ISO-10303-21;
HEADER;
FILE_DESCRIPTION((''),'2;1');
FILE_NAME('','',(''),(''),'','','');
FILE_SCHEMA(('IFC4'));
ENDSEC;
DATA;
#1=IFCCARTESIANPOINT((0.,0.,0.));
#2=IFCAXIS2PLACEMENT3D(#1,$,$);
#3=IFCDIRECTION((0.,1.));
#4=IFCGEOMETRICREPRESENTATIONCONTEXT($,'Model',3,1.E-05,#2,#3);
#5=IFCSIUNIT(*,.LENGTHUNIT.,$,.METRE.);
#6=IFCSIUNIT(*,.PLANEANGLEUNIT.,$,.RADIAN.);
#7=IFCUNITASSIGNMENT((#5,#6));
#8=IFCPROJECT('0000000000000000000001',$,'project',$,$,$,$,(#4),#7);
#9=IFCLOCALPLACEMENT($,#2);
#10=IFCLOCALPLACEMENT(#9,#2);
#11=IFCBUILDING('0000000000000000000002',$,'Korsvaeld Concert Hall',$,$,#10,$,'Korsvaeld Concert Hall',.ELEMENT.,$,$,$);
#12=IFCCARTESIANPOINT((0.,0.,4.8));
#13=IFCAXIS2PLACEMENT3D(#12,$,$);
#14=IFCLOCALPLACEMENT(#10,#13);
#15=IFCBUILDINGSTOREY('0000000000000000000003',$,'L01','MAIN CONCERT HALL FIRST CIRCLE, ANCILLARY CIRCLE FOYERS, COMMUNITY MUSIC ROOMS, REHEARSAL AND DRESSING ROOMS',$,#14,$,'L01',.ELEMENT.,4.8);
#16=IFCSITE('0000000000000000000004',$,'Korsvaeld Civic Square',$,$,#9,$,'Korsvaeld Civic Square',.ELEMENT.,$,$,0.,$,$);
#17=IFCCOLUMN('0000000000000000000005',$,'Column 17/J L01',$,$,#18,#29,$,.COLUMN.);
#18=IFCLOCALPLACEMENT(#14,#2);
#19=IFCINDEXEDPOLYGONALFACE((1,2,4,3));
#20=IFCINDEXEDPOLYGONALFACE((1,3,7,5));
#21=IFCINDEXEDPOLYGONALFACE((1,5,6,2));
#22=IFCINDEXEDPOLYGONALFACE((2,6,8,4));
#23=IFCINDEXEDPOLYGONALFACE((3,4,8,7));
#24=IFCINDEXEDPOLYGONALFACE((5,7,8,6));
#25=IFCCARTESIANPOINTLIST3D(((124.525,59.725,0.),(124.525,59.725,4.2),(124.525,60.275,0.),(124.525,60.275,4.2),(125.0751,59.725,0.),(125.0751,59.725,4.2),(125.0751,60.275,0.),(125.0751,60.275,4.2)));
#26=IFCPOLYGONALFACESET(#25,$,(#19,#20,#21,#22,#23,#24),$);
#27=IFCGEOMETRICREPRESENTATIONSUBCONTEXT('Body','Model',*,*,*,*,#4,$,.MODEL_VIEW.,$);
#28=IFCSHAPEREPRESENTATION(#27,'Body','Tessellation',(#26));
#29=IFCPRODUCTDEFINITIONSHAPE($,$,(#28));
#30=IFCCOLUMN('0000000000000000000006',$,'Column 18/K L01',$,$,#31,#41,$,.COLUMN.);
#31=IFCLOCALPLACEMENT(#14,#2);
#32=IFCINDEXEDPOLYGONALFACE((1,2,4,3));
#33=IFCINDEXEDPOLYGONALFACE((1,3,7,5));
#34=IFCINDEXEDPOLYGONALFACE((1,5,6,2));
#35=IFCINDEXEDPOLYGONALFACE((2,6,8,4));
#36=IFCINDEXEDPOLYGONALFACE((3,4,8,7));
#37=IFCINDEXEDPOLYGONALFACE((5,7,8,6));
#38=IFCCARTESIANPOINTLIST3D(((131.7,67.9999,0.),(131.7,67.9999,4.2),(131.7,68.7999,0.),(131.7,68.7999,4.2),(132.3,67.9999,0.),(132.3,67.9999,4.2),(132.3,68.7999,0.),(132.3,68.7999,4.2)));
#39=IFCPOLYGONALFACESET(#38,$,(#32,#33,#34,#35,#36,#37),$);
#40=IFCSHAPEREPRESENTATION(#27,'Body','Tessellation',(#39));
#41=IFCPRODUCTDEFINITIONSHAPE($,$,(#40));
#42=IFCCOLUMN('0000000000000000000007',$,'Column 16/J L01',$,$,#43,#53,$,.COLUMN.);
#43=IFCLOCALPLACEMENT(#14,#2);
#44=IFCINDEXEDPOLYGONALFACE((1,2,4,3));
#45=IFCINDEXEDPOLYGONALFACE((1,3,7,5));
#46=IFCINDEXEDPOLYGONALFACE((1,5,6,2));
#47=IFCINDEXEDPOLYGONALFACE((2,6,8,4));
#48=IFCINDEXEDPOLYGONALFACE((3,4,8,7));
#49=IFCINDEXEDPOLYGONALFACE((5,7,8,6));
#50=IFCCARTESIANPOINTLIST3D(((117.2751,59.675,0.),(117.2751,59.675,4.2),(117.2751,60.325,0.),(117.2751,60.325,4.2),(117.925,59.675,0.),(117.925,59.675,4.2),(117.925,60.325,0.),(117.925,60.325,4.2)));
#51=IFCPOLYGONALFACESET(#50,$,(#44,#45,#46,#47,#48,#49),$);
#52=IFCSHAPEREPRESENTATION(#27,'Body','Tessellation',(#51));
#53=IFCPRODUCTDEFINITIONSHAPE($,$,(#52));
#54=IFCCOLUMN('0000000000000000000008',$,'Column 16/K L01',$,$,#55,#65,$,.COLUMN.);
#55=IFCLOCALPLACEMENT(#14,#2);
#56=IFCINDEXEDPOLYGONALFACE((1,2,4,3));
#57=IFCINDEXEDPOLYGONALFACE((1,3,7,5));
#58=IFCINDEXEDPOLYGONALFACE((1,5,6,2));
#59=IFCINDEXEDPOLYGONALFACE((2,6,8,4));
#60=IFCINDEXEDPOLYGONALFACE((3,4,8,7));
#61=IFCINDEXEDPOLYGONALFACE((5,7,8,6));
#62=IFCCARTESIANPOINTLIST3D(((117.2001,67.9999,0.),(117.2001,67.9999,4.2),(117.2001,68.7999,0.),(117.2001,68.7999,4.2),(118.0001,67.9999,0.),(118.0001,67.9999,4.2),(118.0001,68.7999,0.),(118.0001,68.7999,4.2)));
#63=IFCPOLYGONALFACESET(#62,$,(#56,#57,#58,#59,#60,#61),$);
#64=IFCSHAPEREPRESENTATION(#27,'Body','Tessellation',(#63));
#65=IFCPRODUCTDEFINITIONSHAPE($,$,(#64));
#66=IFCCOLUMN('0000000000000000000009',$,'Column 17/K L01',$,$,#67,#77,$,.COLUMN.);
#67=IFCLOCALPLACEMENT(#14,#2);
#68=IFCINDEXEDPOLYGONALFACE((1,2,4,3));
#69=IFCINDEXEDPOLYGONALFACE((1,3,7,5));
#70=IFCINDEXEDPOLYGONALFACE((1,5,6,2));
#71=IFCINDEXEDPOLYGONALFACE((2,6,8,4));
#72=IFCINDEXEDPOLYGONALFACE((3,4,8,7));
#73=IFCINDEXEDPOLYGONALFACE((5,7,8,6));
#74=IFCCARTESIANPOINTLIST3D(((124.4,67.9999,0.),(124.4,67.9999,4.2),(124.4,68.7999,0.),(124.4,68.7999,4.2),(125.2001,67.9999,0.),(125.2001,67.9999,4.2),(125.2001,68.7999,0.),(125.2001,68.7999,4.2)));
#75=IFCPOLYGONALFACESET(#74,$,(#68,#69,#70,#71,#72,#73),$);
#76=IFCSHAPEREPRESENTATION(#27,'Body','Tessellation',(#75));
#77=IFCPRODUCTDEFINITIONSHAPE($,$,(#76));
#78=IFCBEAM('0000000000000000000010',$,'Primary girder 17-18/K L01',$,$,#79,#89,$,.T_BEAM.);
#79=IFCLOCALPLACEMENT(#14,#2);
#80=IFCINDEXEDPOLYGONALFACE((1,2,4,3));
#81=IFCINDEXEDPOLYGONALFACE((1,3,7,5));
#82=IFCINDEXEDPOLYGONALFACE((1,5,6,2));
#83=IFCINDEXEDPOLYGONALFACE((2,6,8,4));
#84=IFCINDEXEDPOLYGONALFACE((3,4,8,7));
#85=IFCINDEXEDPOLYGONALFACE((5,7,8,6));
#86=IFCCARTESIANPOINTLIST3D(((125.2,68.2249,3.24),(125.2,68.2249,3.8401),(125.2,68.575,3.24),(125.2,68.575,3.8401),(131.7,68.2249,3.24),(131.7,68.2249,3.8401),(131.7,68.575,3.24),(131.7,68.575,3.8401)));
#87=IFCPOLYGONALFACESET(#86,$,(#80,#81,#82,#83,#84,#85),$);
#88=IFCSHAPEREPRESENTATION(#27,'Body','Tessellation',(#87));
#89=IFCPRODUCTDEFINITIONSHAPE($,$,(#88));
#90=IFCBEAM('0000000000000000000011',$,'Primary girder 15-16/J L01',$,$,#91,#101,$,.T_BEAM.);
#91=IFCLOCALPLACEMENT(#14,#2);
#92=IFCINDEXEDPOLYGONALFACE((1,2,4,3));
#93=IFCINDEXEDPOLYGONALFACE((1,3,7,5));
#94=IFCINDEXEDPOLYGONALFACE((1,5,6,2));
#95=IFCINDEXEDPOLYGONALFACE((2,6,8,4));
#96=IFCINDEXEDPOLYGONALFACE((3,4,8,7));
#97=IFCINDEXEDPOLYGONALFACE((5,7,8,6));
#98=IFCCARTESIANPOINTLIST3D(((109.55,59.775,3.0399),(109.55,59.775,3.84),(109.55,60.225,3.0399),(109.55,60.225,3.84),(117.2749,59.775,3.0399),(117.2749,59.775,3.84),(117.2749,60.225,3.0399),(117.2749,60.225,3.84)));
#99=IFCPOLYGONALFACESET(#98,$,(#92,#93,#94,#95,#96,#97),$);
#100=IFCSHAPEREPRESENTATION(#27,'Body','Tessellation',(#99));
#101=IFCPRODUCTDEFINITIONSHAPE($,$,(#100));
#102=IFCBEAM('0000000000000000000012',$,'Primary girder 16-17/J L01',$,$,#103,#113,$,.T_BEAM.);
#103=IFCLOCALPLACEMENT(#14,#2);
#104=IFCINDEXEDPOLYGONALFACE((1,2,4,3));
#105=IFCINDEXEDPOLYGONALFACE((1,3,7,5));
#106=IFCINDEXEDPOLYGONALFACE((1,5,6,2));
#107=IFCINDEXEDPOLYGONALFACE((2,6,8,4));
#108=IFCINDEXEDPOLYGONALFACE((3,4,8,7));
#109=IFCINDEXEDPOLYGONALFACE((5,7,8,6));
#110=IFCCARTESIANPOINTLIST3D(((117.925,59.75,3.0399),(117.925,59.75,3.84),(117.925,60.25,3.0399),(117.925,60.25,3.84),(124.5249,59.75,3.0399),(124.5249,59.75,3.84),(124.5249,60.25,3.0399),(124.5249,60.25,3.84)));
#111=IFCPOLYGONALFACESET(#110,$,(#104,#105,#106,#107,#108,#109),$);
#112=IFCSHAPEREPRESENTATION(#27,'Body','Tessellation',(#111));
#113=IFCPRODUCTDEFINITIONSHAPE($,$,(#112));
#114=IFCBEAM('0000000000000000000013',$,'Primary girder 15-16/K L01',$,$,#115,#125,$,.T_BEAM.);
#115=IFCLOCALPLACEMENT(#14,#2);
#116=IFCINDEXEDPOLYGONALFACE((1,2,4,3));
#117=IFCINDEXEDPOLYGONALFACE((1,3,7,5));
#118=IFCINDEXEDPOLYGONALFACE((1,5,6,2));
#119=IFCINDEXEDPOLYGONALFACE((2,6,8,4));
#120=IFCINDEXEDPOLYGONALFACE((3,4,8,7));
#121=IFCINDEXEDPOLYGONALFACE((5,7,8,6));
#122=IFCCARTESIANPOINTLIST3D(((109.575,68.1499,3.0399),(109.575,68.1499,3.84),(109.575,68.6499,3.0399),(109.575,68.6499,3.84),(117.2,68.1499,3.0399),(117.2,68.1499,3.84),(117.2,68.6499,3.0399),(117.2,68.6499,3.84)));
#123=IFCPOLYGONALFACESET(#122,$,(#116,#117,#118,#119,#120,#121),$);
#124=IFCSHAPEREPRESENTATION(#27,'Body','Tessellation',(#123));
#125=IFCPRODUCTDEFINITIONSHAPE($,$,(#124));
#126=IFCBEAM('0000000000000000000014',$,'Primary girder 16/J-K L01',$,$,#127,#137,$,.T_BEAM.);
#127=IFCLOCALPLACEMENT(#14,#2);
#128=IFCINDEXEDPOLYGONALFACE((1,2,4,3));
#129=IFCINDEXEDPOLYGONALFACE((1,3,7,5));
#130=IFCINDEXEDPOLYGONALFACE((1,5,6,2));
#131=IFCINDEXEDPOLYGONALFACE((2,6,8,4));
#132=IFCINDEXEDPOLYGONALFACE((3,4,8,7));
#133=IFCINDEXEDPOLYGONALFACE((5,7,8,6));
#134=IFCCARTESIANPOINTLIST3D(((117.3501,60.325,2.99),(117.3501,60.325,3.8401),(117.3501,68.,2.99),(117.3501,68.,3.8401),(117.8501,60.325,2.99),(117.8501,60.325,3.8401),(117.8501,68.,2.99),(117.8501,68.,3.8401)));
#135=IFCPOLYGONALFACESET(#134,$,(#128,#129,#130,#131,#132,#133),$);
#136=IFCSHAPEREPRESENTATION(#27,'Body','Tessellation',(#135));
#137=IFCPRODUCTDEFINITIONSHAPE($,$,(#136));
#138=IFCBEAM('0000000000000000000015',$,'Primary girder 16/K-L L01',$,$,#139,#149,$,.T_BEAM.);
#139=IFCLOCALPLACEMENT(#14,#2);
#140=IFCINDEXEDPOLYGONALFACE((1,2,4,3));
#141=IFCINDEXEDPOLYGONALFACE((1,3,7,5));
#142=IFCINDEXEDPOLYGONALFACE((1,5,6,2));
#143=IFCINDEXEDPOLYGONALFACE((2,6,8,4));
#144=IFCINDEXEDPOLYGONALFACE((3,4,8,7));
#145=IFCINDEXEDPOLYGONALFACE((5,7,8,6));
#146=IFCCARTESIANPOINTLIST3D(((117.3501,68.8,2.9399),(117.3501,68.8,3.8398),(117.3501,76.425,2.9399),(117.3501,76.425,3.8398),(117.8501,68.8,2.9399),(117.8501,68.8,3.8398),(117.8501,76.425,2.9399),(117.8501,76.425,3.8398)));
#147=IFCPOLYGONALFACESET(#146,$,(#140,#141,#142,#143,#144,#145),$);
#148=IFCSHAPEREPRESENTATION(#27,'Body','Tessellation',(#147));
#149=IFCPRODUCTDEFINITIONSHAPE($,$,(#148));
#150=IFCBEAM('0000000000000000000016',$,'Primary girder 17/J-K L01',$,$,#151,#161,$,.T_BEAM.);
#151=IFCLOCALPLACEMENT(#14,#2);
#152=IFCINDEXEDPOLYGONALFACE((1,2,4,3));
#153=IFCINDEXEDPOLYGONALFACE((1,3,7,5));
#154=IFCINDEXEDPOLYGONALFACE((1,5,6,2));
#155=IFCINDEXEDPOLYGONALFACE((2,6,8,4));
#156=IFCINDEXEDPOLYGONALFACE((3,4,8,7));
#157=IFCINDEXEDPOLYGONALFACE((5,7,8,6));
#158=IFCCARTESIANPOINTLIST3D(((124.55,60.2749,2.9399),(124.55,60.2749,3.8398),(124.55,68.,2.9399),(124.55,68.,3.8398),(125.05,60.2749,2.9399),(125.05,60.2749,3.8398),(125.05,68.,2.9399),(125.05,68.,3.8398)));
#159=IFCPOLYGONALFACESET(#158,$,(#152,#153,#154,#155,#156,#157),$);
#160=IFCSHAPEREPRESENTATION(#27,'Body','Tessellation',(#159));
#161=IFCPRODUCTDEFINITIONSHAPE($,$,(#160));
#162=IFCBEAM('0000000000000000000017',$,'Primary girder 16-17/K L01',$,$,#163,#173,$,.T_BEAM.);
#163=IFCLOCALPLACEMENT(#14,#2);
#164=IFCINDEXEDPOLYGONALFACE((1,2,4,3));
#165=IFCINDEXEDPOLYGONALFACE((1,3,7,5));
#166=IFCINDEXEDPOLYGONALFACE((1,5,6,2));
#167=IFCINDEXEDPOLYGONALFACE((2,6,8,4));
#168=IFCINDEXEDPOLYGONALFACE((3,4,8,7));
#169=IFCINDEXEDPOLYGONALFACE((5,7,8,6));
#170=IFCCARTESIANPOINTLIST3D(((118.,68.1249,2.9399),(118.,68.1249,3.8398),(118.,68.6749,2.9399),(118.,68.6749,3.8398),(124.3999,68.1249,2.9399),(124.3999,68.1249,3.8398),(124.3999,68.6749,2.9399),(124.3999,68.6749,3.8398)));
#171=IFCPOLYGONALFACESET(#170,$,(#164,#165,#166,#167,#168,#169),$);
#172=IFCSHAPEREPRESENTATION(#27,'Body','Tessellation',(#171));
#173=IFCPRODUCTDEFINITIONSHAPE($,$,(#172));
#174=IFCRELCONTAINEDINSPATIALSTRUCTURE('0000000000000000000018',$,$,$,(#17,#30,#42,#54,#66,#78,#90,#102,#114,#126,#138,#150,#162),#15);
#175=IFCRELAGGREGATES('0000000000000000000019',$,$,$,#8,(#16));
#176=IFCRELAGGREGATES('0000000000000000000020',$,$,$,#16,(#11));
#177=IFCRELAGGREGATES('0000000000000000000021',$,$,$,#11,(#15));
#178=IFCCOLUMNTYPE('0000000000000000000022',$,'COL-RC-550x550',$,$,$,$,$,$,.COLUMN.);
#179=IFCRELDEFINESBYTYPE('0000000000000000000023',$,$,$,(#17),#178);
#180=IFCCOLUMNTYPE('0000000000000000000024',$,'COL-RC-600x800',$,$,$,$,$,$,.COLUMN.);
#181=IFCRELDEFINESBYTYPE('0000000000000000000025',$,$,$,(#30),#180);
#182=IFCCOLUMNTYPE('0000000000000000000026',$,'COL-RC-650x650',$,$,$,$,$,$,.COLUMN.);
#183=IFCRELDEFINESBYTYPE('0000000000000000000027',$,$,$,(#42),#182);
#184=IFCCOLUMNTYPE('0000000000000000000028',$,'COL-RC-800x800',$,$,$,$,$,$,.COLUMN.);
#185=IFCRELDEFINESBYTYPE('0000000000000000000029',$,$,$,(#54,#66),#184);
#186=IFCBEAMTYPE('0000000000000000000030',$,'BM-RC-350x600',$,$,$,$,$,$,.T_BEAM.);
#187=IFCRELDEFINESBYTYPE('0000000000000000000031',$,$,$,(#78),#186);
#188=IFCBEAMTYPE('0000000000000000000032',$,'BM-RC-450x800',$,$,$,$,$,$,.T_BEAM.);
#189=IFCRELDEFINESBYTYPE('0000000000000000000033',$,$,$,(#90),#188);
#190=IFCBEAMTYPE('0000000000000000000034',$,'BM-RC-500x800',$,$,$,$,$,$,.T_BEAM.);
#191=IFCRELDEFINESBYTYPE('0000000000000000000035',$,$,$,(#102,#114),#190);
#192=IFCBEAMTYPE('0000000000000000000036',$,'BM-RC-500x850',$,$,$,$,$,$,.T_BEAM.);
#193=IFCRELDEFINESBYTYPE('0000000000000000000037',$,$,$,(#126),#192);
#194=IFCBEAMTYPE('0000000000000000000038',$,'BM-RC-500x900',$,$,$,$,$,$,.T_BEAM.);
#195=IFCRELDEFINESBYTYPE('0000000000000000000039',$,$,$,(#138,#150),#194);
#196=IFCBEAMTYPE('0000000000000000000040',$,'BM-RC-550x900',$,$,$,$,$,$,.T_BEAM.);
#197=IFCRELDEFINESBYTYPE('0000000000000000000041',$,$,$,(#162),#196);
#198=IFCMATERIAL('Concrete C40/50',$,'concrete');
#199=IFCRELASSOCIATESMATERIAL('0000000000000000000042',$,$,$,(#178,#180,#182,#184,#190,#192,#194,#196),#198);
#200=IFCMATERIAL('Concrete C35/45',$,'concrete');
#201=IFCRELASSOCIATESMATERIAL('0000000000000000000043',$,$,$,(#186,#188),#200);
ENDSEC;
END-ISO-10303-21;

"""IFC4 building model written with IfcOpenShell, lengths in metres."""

from ifc_helpers import new_model, si_unit, direction, frame, origin, origin_2d, place, context, subcontext, project, spatial, rectangle, extrude, material, material_profile, profile_set, type_object, element, save


model = new_model("IFC4")

# Units and contexts
model_context = context("Model", 3, precision=1e-05, world=origin(), true_north=direction((0.0, 1.0)))
body_context = subcontext(model_context, "Body", "Model", "MODEL_VIEW")
ifc_project = project(units=[si_unit("LENGTHUNIT", "METRE"), si_unit("PLANEANGLEUNIT", "RADIAN")], contexts=[model_context])

# Site, building, storey
site_placement = place(None, origin())
site = spatial("IfcSite", under=ifc_project, at=site_placement, Name="Korsvaeld Civic Square", LongName="Korsvaeld Civic Square", CompositionType="ELEMENT", RefElevation=0.0)
building_placement = place(site_placement, origin())
building = spatial("IfcBuilding", under=site, at=building_placement, Name="Korsvaeld Concert Hall", LongName="Korsvaeld Concert Hall", CompositionType="ELEMENT")
storey_placement = place(building_placement, frame((0.0, 0.0, 4.8)))
storey = spatial("IfcBuildingStorey", under=building, at=storey_placement, Name="L01", Description="MAIN CONCERT HALL FIRST CIRCLE, ANCILLARY CIRCLE FOYERS, COMMUNITY MUSIC ROOMS, REHEARSAL AND DRESSING ROOMS", LongName="L01", CompositionType="ELEMENT", Elevation=4.8)

# Columns
ifc_material_1 = material(Name="Concrete C40/50", Category="concrete")
ifc_material_profile_1 = material_profile(ifc_material_1, rectangle(XDim=0.55, YDim=0.55, at=origin_2d()), Name="RC 550x550")
ifc_profile_set_1 = profile_set([ifc_material_profile_1], Name="Concrete C40/50")
column_type_1 = type_object("IfcColumnType", Name="COL-RC-550x550", PredefinedType="COLUMN", material=ifc_profile_set_1)
column_1_placement = place(storey_placement, frame((124.8, 60.0, 0.0), z_axis=(0.0, 0.0, 1.0), x_axis=(1.0, 0.0, 0.0)))
element("IfcColumn", 1, at=column_1_placement, inside=storey, type_object=column_type_1, Name="Column 17/J L01", PredefinedType="COLUMN", context=body_context, shape_type="SweptSolid", body=[
    extrude(rectangle(XDim=0.55, YDim=0.55, at=origin_2d()), origin(), (0.0, 0.0, 1.0), 4.2),
])
ifc_material_profile_2 = material_profile(ifc_material_1, rectangle(XDim=0.6001, YDim=0.8, at=origin_2d()), Name="RC 600x800")
ifc_profile_set_2 = profile_set([ifc_material_profile_2], Name="Concrete C40/50")
column_type_2 = type_object("IfcColumnType", Name="COL-RC-600x800", PredefinedType="COLUMN", material=ifc_profile_set_2)
column_2_placement = place(storey_placement, frame((132.0, 68.3999, 0.0), z_axis=(0.0, 0.0, 1.0), x_axis=(1.0, 0.0, 0.0)))
element("IfcColumn", 2, at=column_2_placement, inside=storey, type_object=column_type_2, Name="Column 18/K L01", PredefinedType="COLUMN", context=body_context, shape_type="SweptSolid", body=[
    extrude(rectangle(XDim=0.6001, YDim=0.8, at=origin_2d()), origin(), (0.0, 0.0, 1.0), 4.2),
])
ifc_material_profile_3 = material_profile(ifc_material_1, rectangle(XDim=0.6499, YDim=0.6499, at=origin_2d()), Name="RC 650x650")
ifc_profile_set_3 = profile_set([ifc_material_profile_3], Name="Concrete C40/50")
column_type_3 = type_object("IfcColumnType", Name="COL-RC-650x650", PredefinedType="COLUMN", material=ifc_profile_set_3)
column_3_placement = place(storey_placement, frame((117.6001, 60.0, 0.0), z_axis=(0.0, 0.0, 1.0), x_axis=(1.0, 0.0, 0.0)))
element("IfcColumn", 3, at=column_3_placement, inside=storey, type_object=column_type_3, Name="Column 16/J L01", PredefinedType="COLUMN", context=body_context, shape_type="SweptSolid", body=[
    extrude(rectangle(XDim=0.6499, YDim=0.6499, at=origin_2d()), origin(), (0.0, 0.0, 1.0), 4.2),
])
ifc_material_profile_4 = material_profile(ifc_material_1, rectangle(XDim=0.8, YDim=0.8, at=origin_2d()), Name="RC 800x800")
ifc_profile_set_4 = profile_set([ifc_material_profile_4], Name="Concrete C40/50")
column_type_4 = type_object("IfcColumnType", Name="COL-RC-800x800", PredefinedType="COLUMN", material=ifc_profile_set_4)
for number, where, z_axis, x_axis, name in (
    (4, (117.6001, 68.3999, 0.0), (0.0, 0.0, 1.0), (1.0, 0.0, 0.0), "Column 16/K L01"),
    (5, (124.8, 68.3999, 0.0), (0.0, 0.0, 1.0), (1.0, 0.0, 0.0), "Column 17/K L01"),
):
    element("IfcColumn", number, at=place(storey_placement, frame(where, z_axis=z_axis, x_axis=x_axis)), inside=storey, type_object=column_type_4, Name=name, PredefinedType="COLUMN", context=body_context, shape_type="SweptSolid", body=[
        extrude(rectangle(XDim=0.8, YDim=0.8, at=origin_2d()), origin(), (0.0, 0.0, 1.0), 4.2),
    ])

# Beams
ifc_material_2 = material(Name="Concrete C35/45", Category="concrete")
ifc_material_profile_5 = material_profile(ifc_material_2, rectangle(XDim=0.3501, YDim=0.6001, at=origin_2d()), Name="RC 350x600")
ifc_profile_set_5 = profile_set([ifc_material_profile_5], Name="Concrete C35/45")
beam_type_1 = type_object("IfcBeamType", Name="BM-RC-350x600", PredefinedType="T_BEAM", material=ifc_profile_set_5)
beam_1_placement = place(storey_placement, frame((125.2, 68.3999, 3.54), z_axis=(1.0, 0.0, 0.0), x_axis=(0.0, 1.0, 0.0)))
element("IfcBeam", 6, at=beam_1_placement, inside=storey, type_object=beam_type_1, Name="Primary girder 17-18/K L01", PredefinedType="T_BEAM", context=body_context, shape_type="SweptSolid", body=[
    extrude(rectangle(XDim=0.3501, YDim=0.6001, at=origin_2d()), origin(), (0.0, 0.0, 1.0), 6.5),
])
ifc_material_profile_6 = material_profile(ifc_material_2, rectangle(XDim=0.45, YDim=0.8, at=origin_2d()), Name="RC 450x800")
ifc_profile_set_6 = profile_set([ifc_material_profile_6], Name="Concrete C35/45")
beam_type_2 = type_object("IfcBeamType", Name="BM-RC-450x800", PredefinedType="T_BEAM", material=ifc_profile_set_6)
beam_2_placement = place(storey_placement, frame((109.55, 60.0, 3.4399), z_axis=(1.0, 0.0, 0.0), x_axis=(0.0, 1.0, 0.0)))
element("IfcBeam", 7, at=beam_2_placement, inside=storey, type_object=beam_type_2, Name="Primary girder 15-16/J L01", PredefinedType="T_BEAM", context=body_context, shape_type="SweptSolid", body=[
    extrude(rectangle(XDim=0.45, YDim=0.8, at=origin_2d()), origin(), (0.0, 0.0, 1.0), 7.7249),
])
ifc_material_profile_7 = material_profile(ifc_material_1, rectangle(XDim=0.5, YDim=0.8, at=origin_2d()), Name="RC 500x800")
ifc_profile_set_7 = profile_set([ifc_material_profile_7], Name="Concrete C40/50")
beam_type_3 = type_object("IfcBeamType", Name="BM-RC-500x800", PredefinedType="T_BEAM", material=ifc_profile_set_7)
beam_3_placement = place(storey_placement, frame((117.925, 60.0, 3.4399), z_axis=(1.0, 0.0, 0.0), x_axis=(0.0, 1.0, 0.0)))
element("IfcBeam", 8, at=beam_3_placement, inside=storey, type_object=beam_type_3, Name="Primary girder 16-17/J L01", PredefinedType="T_BEAM", context=body_context, shape_type="SweptSolid", body=[
    extrude(rectangle(XDim=0.5, YDim=0.8, at=origin_2d()), origin(), (0.0, 0.0, 1.0), 6.5999),
])
beam_4_placement = place(storey_placement, frame((109.575, 68.3999, 3.4399), z_axis=(1.0, 0.0, 0.0), x_axis=(0.0, 1.0, 0.0)))
element("IfcBeam", 9, at=beam_4_placement, inside=storey, type_object=beam_type_3, Name="Primary girder 15-16/K L01", PredefinedType="T_BEAM", context=body_context, shape_type="SweptSolid", body=[
    extrude(rectangle(XDim=0.5, YDim=0.8, at=origin_2d()), origin(), (0.0, 0.0, 1.0), 7.625),
])
ifc_material_profile_8 = material_profile(ifc_material_1, rectangle(XDim=0.5, YDim=0.8501, at=origin_2d()), Name="RC 500x850")
ifc_profile_set_8 = profile_set([ifc_material_profile_8], Name="Concrete C40/50")
beam_type_4 = type_object("IfcBeamType", Name="BM-RC-500x850", PredefinedType="T_BEAM", material=ifc_profile_set_8)
beam_5_placement = place(storey_placement, frame((117.6001, 60.325, 3.415), z_axis=(0.0, 1.0, 0.0), x_axis=(-1.0, 0.0, 0.0)))
element("IfcBeam", 10, at=beam_5_placement, inside=storey, type_object=beam_type_4, Name="Primary girder 16/J-K L01", PredefinedType="T_BEAM", context=body_context, shape_type="SweptSolid", body=[
    extrude(rectangle(XDim=0.5, YDim=0.8501, at=origin_2d()), origin(), (0.0, 0.0, 1.0), 7.675),
])
ifc_material_profile_9 = material_profile(ifc_material_1, rectangle(XDim=0.5, YDim=0.8999, at=origin_2d()), Name="RC 500x900")
ifc_profile_set_9 = profile_set([ifc_material_profile_9], Name="Concrete C40/50")
beam_type_5 = type_object("IfcBeamType", Name="BM-RC-500x900", PredefinedType="T_BEAM", material=ifc_profile_set_9)
beam_6_placement = place(storey_placement, frame((117.6001, 68.8, 3.3899), z_axis=(0.0, 1.0, 0.0), x_axis=(-1.0, 0.0, 0.0)))
element("IfcBeam", 11, at=beam_6_placement, inside=storey, type_object=beam_type_5, Name="Primary girder 16/K-L L01", PredefinedType="T_BEAM", context=body_context, shape_type="SweptSolid", body=[
    extrude(rectangle(XDim=0.5, YDim=0.8999, at=origin_2d()), origin(), (0.0, 0.0, 1.0), 7.625),
])
beam_7_placement = place(storey_placement, frame((124.8, 60.2749, 3.3899), z_axis=(0.0, 1.0, 0.0), x_axis=(-1.0, 0.0, 0.0)))
element("IfcBeam", 12, at=beam_7_placement, inside=storey, type_object=beam_type_5, Name="Primary girder 17/J-K L01", PredefinedType="T_BEAM", context=body_context, shape_type="SweptSolid", body=[
    extrude(rectangle(XDim=0.5, YDim=0.8999, at=origin_2d()), origin(), (0.0, 0.0, 1.0), 7.7251),
])
ifc_material_profile_10 = material_profile(ifc_material_1, rectangle(XDim=0.55, YDim=0.8999, at=origin_2d()), Name="RC 550x900")
ifc_profile_set_10 = profile_set([ifc_material_profile_10], Name="Concrete C40/50")
beam_type_6 = type_object("IfcBeamType", Name="BM-RC-550x900", PredefinedType="T_BEAM", material=ifc_profile_set_10)
beam_8_placement = place(storey_placement, frame((118.0, 68.3999, 3.3899), z_axis=(1.0, 0.0, 0.0), x_axis=(0.0, 1.0, 0.0)))
element("IfcBeam", 13, at=beam_8_placement, inside=storey, type_object=beam_type_6, Name="Primary girder 16-17/K L01", PredefinedType="T_BEAM", context=body_context, shape_type="SweptSolid", body=[
    extrude(rectangle(XDim=0.55, YDim=0.8999, at=origin_2d()), origin(), (0.0, 0.0, 1.0), 6.3999),
])

save(model, "model.ifc")
